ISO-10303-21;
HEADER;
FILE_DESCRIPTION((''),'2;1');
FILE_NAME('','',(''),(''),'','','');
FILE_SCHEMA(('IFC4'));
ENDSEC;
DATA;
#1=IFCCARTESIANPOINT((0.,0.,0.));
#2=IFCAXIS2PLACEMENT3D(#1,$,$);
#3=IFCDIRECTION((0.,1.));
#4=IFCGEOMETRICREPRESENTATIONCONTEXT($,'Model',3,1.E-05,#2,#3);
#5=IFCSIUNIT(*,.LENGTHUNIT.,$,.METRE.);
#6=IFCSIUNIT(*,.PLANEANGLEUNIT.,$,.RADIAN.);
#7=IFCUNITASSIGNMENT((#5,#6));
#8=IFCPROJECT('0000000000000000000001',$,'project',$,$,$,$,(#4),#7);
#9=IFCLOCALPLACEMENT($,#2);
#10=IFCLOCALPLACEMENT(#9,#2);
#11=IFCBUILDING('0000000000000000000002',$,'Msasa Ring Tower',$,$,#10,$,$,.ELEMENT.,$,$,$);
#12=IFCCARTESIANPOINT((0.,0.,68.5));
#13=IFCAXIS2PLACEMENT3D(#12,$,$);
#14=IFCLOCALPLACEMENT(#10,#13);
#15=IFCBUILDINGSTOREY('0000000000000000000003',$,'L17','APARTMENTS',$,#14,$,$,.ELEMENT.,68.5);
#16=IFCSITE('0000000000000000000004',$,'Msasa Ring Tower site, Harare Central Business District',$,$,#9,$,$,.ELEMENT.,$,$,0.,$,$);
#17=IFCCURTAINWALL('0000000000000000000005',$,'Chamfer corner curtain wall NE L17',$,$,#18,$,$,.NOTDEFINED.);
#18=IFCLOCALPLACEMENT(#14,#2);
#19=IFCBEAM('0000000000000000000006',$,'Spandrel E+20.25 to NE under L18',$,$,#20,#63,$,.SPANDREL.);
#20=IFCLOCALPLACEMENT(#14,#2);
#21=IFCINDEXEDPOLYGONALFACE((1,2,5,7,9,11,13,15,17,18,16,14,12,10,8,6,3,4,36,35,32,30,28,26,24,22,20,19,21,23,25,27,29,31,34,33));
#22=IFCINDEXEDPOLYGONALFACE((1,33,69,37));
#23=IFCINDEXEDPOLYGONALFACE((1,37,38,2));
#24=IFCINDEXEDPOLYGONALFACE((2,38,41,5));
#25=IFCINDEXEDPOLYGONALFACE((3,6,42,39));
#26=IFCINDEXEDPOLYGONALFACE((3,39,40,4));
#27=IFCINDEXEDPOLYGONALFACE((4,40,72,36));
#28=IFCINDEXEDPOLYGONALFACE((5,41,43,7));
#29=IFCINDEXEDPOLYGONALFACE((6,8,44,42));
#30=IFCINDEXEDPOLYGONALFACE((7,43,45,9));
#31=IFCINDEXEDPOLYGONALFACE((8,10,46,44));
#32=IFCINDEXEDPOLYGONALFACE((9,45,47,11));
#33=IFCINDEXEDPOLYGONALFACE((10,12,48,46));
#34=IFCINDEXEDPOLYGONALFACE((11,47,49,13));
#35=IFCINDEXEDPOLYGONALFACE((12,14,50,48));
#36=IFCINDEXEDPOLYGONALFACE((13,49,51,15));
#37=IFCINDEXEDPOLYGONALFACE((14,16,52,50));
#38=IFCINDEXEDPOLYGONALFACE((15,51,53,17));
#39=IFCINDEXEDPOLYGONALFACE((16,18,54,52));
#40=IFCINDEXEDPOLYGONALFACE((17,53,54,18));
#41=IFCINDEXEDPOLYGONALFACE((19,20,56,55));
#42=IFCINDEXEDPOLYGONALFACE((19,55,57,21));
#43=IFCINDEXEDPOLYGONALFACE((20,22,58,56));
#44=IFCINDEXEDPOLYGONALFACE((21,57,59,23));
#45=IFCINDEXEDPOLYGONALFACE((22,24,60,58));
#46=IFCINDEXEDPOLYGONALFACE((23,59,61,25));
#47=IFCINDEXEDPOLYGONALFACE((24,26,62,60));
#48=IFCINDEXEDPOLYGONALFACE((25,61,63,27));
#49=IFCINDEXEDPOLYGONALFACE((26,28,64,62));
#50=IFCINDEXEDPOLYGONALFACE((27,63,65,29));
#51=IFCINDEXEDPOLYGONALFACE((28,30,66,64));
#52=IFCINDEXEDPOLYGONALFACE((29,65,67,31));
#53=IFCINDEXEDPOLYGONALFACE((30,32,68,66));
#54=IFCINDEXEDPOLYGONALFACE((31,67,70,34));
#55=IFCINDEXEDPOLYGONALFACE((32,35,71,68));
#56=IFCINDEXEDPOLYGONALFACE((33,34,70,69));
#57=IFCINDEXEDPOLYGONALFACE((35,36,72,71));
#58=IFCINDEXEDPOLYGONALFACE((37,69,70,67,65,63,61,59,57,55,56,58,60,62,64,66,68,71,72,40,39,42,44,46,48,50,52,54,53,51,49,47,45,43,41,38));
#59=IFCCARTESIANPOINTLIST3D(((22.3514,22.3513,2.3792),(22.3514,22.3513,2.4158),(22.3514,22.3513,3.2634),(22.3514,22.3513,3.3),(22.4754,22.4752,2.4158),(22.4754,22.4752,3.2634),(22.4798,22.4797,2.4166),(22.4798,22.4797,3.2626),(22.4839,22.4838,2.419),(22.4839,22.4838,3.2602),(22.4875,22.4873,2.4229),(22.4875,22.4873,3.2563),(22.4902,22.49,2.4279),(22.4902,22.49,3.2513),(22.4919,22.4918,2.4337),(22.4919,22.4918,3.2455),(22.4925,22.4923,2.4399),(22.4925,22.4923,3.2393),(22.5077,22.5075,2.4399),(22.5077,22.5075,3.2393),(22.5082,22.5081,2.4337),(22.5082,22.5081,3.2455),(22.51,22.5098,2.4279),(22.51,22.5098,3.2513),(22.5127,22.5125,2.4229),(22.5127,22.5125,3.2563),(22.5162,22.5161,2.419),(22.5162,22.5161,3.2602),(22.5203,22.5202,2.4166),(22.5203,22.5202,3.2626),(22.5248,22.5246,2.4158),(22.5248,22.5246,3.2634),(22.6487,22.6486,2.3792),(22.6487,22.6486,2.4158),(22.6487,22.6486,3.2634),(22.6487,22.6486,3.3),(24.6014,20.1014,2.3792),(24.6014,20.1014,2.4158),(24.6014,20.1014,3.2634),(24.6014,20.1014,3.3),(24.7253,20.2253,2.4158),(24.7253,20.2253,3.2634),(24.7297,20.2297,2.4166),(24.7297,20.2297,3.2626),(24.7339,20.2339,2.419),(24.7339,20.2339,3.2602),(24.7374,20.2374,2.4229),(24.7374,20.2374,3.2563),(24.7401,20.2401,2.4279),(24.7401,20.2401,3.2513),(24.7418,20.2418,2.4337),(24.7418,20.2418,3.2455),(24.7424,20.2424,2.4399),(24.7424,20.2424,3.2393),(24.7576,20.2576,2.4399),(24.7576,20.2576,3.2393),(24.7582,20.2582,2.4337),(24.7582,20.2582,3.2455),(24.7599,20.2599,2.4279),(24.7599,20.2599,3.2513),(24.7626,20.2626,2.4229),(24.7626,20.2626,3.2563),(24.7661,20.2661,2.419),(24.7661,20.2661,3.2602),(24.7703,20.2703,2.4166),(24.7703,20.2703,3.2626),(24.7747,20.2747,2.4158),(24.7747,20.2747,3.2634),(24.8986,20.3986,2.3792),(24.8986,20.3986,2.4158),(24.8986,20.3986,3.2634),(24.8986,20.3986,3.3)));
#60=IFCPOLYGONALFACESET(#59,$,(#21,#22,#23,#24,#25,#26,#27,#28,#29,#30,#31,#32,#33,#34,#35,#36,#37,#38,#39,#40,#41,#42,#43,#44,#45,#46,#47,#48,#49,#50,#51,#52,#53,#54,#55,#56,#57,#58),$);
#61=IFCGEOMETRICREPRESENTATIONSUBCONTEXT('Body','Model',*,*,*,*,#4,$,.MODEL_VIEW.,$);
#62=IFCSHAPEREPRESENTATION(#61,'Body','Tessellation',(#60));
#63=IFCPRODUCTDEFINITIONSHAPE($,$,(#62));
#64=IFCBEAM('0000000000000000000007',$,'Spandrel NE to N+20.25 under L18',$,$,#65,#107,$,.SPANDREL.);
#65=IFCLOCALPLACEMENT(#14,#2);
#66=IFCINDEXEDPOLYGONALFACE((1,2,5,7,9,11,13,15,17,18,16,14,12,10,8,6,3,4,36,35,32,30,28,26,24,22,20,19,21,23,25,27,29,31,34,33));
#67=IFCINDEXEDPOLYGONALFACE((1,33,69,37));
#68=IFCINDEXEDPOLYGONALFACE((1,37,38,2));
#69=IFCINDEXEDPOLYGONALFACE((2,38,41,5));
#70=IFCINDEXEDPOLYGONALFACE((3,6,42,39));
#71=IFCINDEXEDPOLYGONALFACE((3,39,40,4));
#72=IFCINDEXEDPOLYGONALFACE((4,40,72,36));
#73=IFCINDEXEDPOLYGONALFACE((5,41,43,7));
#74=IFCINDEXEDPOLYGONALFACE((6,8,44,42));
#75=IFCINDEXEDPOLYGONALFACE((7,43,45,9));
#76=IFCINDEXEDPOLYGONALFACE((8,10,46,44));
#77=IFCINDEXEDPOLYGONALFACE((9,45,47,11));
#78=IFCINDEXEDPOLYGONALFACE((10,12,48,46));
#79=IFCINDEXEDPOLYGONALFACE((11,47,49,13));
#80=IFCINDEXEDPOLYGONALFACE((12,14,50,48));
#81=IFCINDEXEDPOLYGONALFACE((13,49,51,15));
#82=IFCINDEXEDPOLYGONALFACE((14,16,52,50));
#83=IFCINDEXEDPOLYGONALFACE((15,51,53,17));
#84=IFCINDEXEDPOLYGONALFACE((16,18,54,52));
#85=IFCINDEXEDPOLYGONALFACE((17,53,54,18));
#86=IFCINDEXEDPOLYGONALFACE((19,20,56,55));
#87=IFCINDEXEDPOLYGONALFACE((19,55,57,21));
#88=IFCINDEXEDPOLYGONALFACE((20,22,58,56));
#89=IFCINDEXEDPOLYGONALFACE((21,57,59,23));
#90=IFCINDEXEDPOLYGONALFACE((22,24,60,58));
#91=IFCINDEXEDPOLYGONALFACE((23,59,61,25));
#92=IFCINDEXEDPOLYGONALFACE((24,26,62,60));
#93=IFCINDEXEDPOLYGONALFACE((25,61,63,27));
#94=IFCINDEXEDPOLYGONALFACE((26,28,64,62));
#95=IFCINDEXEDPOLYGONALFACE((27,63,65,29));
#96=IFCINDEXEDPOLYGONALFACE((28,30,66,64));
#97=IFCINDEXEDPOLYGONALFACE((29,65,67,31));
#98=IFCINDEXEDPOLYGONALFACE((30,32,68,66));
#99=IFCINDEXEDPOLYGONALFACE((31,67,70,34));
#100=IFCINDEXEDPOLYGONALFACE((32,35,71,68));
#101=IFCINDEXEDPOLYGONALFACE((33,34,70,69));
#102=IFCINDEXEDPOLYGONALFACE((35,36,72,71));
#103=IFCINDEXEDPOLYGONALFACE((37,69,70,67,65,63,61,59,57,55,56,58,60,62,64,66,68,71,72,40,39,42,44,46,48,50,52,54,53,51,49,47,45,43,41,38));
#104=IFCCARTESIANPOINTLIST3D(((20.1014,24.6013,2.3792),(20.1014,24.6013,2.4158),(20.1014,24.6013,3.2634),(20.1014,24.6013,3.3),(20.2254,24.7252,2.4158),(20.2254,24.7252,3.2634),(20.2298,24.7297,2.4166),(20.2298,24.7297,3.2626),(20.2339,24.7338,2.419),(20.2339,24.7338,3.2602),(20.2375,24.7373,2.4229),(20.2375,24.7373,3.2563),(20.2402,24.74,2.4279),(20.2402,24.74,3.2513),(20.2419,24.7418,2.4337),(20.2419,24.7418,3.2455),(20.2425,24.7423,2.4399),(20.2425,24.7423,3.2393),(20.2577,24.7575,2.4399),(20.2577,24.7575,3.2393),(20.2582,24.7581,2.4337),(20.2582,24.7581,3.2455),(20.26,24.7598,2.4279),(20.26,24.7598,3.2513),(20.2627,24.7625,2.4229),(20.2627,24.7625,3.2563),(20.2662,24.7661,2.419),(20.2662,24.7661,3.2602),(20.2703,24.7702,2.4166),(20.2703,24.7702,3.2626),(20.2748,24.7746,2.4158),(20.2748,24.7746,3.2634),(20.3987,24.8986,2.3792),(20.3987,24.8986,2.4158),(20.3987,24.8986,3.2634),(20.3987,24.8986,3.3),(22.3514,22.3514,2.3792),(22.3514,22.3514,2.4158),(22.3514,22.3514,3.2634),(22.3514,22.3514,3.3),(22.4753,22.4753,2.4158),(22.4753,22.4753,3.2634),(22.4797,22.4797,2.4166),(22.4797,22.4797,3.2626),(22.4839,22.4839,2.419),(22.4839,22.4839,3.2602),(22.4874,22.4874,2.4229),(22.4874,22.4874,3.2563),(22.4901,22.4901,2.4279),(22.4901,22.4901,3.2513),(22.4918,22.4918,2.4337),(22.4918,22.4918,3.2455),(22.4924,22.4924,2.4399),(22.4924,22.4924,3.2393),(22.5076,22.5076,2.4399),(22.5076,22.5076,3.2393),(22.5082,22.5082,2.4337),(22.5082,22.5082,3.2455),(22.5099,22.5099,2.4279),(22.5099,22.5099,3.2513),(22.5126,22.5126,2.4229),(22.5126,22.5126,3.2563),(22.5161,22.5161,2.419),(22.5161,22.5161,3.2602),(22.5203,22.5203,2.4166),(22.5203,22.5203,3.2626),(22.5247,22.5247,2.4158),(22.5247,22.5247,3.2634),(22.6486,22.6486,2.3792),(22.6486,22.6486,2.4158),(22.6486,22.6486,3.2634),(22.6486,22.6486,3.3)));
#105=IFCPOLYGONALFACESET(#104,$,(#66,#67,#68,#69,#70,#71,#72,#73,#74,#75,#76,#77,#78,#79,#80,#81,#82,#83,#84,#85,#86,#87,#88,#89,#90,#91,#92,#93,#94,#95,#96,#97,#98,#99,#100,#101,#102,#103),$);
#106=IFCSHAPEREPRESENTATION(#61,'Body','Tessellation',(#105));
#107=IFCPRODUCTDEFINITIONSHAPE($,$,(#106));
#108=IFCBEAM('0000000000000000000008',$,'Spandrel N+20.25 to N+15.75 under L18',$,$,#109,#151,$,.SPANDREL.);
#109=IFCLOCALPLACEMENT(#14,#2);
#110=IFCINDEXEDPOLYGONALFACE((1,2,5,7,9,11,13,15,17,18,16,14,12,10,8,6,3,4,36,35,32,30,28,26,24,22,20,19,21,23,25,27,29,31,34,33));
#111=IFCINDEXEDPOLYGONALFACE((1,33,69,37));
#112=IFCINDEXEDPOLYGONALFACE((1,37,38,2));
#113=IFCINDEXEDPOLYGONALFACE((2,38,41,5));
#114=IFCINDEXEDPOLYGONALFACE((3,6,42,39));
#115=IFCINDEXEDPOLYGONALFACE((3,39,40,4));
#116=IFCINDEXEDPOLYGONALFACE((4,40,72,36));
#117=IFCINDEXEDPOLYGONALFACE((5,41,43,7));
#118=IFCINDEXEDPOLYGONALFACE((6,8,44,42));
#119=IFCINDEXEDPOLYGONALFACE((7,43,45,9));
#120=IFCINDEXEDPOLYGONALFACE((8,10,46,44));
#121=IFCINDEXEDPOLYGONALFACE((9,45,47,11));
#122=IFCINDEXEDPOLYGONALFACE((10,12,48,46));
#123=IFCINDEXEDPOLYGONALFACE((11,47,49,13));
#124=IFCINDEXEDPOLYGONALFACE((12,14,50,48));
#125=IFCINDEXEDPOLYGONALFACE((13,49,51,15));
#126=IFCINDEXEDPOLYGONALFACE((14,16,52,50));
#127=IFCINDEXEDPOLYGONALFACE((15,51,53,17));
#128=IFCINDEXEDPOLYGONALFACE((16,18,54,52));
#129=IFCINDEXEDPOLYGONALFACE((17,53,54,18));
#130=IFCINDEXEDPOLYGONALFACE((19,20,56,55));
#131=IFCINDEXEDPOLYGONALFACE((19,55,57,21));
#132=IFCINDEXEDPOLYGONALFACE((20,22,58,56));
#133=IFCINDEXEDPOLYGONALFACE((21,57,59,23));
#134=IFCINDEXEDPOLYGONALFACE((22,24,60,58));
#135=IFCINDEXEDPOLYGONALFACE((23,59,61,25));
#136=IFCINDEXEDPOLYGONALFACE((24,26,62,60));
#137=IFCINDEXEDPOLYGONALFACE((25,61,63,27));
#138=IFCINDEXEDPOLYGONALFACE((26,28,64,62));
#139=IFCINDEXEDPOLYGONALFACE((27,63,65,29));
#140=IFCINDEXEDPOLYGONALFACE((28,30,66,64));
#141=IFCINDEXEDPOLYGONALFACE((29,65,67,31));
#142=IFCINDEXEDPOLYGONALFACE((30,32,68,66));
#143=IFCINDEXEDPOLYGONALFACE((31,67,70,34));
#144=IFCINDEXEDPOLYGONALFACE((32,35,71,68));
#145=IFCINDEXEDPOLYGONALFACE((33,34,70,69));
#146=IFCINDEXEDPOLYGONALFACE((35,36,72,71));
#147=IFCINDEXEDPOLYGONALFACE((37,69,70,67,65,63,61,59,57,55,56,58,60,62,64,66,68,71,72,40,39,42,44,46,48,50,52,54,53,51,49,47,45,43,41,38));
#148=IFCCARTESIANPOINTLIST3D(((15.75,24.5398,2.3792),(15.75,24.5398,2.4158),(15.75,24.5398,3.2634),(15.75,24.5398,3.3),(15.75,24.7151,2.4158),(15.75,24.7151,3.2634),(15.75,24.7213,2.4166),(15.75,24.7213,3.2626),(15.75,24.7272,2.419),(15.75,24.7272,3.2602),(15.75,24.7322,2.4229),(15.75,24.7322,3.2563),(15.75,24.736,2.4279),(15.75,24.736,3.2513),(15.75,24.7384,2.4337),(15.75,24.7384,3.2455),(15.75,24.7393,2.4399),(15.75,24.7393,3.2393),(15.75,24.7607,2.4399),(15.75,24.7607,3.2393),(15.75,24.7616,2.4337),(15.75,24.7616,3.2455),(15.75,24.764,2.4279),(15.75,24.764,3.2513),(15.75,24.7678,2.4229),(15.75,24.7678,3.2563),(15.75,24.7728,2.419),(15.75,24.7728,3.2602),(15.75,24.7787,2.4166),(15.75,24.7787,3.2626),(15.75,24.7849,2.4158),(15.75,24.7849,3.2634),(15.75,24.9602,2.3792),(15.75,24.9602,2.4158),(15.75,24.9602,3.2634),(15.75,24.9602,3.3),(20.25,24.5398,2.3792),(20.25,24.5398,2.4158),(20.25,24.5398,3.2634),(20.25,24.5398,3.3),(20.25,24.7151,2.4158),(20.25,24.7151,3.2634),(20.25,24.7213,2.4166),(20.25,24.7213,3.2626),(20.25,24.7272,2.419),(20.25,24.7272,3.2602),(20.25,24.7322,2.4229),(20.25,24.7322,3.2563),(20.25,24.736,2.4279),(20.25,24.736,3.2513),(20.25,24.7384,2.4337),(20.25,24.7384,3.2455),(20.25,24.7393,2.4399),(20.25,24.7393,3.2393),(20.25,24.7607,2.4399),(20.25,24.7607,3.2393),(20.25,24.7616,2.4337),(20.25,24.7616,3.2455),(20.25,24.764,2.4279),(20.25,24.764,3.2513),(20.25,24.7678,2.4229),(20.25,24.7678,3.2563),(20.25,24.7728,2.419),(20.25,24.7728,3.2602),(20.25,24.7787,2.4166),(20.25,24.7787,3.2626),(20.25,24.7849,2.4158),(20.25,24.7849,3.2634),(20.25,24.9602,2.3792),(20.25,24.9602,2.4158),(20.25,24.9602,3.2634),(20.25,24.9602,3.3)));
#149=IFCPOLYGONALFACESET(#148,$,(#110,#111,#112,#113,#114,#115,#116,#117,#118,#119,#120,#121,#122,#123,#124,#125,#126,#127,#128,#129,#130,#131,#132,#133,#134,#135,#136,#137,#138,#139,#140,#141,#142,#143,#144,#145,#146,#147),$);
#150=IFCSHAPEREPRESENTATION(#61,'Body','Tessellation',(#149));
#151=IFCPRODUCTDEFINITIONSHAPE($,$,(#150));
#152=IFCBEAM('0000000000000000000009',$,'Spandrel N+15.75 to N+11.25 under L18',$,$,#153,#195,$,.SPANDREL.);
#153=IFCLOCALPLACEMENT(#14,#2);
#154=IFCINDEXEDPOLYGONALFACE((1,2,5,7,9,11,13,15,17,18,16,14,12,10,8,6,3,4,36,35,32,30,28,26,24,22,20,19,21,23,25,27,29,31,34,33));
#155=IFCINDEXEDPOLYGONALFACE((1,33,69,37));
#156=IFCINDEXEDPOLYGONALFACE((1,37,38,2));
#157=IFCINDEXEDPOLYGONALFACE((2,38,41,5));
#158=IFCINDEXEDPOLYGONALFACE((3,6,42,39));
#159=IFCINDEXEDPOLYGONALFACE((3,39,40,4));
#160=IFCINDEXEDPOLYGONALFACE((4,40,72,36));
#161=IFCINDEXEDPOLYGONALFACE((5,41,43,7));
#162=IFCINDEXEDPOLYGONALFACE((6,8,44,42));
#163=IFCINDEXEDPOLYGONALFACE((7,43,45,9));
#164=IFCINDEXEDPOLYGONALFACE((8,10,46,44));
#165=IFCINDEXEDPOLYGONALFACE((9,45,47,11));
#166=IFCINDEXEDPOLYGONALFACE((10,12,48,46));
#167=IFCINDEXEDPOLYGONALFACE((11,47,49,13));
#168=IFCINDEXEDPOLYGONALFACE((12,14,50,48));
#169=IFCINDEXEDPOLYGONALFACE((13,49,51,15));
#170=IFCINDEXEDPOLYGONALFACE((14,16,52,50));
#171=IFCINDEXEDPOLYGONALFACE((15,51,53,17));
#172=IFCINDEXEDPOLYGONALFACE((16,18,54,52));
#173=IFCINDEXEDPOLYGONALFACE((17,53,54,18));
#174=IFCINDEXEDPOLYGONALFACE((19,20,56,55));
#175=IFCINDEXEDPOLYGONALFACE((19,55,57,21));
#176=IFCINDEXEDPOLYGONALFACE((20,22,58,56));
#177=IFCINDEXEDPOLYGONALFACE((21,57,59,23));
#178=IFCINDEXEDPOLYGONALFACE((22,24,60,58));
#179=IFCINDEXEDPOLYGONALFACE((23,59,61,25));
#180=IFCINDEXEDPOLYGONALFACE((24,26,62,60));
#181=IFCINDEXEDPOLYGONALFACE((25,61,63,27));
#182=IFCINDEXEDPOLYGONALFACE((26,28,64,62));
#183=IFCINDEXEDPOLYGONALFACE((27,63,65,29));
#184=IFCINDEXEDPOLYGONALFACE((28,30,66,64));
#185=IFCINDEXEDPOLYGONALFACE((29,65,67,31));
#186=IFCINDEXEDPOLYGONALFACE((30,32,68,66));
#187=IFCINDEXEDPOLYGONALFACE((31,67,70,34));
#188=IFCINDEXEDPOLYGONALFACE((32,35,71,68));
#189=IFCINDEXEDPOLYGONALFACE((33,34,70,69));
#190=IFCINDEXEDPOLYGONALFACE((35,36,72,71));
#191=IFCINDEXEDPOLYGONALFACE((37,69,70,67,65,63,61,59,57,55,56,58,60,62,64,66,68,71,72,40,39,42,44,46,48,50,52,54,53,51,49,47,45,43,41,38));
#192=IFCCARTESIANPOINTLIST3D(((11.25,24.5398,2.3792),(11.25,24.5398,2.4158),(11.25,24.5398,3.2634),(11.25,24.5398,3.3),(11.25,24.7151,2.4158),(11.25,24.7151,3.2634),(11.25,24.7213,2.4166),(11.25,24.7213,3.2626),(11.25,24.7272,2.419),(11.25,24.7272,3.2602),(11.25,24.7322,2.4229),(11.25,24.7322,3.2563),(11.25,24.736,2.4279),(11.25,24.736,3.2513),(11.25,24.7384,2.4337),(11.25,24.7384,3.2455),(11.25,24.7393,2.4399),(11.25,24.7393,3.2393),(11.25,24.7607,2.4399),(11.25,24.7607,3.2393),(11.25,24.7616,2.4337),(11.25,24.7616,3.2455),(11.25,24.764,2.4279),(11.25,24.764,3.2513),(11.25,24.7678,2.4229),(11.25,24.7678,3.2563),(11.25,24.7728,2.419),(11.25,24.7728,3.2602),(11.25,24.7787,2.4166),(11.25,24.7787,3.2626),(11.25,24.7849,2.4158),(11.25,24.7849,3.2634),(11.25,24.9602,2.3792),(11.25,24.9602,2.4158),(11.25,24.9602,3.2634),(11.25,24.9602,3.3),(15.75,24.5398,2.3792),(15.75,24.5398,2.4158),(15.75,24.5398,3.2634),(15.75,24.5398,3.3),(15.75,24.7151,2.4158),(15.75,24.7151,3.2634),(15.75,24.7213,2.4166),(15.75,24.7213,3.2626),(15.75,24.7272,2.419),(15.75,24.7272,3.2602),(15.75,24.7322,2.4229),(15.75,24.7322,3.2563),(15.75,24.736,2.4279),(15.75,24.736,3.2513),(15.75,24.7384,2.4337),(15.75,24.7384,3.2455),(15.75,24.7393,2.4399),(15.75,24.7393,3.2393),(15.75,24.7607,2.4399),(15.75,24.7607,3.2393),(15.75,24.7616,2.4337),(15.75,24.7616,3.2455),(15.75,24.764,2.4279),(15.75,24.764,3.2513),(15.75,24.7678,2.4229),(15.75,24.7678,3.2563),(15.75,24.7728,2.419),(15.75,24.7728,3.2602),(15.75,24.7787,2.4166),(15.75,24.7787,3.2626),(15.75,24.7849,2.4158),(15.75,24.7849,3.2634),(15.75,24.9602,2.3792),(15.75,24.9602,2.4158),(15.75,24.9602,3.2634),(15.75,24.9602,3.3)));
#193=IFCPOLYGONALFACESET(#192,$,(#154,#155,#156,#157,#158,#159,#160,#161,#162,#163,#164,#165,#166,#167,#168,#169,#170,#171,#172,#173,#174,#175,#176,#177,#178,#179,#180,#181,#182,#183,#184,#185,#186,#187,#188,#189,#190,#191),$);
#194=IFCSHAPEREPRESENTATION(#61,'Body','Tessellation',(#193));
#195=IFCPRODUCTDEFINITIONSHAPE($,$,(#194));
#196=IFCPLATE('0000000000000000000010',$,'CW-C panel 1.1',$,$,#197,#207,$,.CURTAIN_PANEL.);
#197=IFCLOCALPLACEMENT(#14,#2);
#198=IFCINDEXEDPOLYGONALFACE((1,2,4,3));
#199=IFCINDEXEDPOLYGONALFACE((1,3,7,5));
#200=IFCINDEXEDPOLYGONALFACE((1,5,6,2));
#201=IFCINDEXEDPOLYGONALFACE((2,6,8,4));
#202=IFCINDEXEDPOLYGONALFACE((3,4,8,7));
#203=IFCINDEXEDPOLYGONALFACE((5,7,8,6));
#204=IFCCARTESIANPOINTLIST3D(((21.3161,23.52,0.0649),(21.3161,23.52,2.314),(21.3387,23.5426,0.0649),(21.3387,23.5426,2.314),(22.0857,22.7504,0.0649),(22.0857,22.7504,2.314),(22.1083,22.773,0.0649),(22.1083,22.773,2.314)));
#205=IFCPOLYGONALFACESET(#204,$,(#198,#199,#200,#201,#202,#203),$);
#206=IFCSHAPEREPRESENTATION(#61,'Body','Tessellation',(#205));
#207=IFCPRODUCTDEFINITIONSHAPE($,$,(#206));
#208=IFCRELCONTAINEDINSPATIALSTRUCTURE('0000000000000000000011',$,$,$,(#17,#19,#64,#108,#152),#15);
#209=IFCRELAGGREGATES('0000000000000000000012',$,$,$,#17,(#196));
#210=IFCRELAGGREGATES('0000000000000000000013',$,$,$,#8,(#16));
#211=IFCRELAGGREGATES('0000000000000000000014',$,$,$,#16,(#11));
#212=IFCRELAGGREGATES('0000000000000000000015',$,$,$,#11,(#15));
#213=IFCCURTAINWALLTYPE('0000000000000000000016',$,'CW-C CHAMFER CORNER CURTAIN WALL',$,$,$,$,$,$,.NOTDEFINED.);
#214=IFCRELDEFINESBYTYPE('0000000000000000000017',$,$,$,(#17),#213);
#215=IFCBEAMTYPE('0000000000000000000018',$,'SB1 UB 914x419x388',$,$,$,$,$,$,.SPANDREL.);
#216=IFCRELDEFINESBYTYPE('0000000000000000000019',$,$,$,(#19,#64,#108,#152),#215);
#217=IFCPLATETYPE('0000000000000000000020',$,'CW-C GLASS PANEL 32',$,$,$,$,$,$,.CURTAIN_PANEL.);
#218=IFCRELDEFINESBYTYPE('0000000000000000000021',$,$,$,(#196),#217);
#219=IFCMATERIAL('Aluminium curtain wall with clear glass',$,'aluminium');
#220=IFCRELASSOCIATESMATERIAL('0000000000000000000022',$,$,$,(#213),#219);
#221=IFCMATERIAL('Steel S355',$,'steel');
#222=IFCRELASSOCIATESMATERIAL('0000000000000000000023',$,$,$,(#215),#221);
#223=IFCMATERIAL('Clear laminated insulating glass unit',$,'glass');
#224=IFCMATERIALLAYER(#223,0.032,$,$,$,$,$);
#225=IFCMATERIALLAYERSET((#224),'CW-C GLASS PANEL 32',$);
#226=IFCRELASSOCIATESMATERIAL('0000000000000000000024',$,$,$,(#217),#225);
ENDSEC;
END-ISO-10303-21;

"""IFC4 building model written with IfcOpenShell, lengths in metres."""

from ifc_helpers import new_model, si_unit, direction, frame, origin, origin_2d, place, context, subcontext, project, spatial, rectangle, i_section, extrude, material, layer, layer_set, material_profile, profile_set, type_object, element, aggregate, save


model = new_model("IFC4")

# Units and contexts
model_context = context("Model", 3, precision=1e-05, world=origin(), true_north=direction((0.0, 1.0)))
body_context = subcontext(model_context, "Body", "Model", "MODEL_VIEW")
ifc_project = project(units=[si_unit("LENGTHUNIT", "METRE"), si_unit("PLANEANGLEUNIT", "RADIAN")], contexts=[model_context])

# Site, building, storey
site_placement = place(None, origin())
site = spatial("IfcSite", under=ifc_project, at=site_placement, Name="Msasa Ring Tower site, Harare Central Business District", CompositionType="ELEMENT", RefElevation=0.0)
building_placement = place(site_placement, origin())
building = spatial("IfcBuilding", under=site, at=building_placement, Name="Msasa Ring Tower", CompositionType="ELEMENT")
storey_placement = place(building_placement, frame((0.0, 0.0, 68.5)))
storey = spatial("IfcBuildingStorey", under=building, at=storey_placement, Name="L17", Description="APARTMENTS", CompositionType="ELEMENT", Elevation=68.5)

# Curtain wall
ifc_material_1 = material(Name="Aluminium curtain wall with clear glass", Category="aluminium")
curtain_wall_type = type_object("IfcCurtainWallType", Name="CW-C CHAMFER CORNER CURTAIN WALL", PredefinedType="NOTDEFINED", material=ifc_material_1)
curtain_wall_1_placement = place(storey_placement, origin())
curtain_wall_1 = element("IfcCurtainWall", 1, at=curtain_wall_1_placement, inside=storey, type_object=curtain_wall_type, Name="Chamfer corner curtain wall NE L17", PredefinedType="NOTDEFINED")

# Beams
ifc_material_2 = material(Name="Steel S355", Category="steel")
ifc_material_profile_1 = material_profile(ifc_material_2, i_section(OverallWidth=0.4204, OverallDepth=0.9209, WebThickness=0.0215, FlangeThickness=0.0366, FilletRadius=0.0242, at=origin_2d()), Name="UB 914x419x388")
ifc_profile_set_1 = profile_set([ifc_material_profile_1], Name="Steel S355")
beam_type_1 = type_object("IfcBeamType", Name="SB1 UB 914x419x388", PredefinedType="SPANDREL", material=ifc_profile_set_1)
for number, where, z_axis, x_axis, name in (
    (2, (24.75, 20.25, 2.8396), (-0.707107, 0.707107, 0.0), (-0.707107, -0.707107, 0.0), "Spandrel E+20.25 to NE under L18"),
    (3, (22.5, 22.5, 2.8396), (-0.707107, 0.707107, 0.0), (-0.707107, -0.707107, 0.0), "Spandrel NE to N+20.25 under L18"),
):
    element("IfcBeam", number, at=place(storey_placement, frame(where, z_axis=z_axis, x_axis=x_axis)), inside=storey, type_object=beam_type_1, Name=name, PredefinedType="SPANDREL", context=body_context, shape_type="SweptSolid", body=[
        extrude(i_section(OverallWidth=0.4204, OverallDepth=0.9209, WebThickness=0.0215, FlangeThickness=0.0366, FilletRadius=0.0242, at=origin_2d()), origin(), (0.0, 0.0, 1.0), 3.1819),
    ])
for number, where, z_axis, x_axis, name in (
    (4, (20.25, 24.75, 2.8396), (-1.0, 0.0, 0.0), (0.0, -1.0, 0.0), "Spandrel N+20.25 to N+15.75 under L18"),
    (5, (15.75, 24.75, 2.8396), (-1.0, 0.0, 0.0), (0.0, -1.0, 0.0), "Spandrel N+15.75 to N+11.25 under L18"),
):
    element("IfcBeam", number, at=place(storey_placement, frame(where, z_axis=z_axis, x_axis=x_axis)), inside=storey, type_object=beam_type_1, Name=name, PredefinedType="SPANDREL", context=body_context, shape_type="SweptSolid", body=[
        extrude(i_section(OverallWidth=0.4204, OverallDepth=0.9209, WebThickness=0.0215, FlangeThickness=0.0366, FilletRadius=0.0242, at=origin_2d()), origin(), (0.0, 0.0, 1.0), 4.5),
    ])

# Plate
ifc_material_3 = material(Name="Clear laminated insulating glass unit", Category="glass")
ifc_layer_1 = layer(ifc_material_3, 0.032)
ifc_layer_set_1 = layer_set([ifc_layer_1], Name="CW-C GLASS PANEL 32")
plate_type = type_object("IfcPlateType", Name="CW-C GLASS PANEL 32", PredefinedType="CURTAIN_PANEL", material=ifc_layer_set_1)
plate_1_placement = place(storey_placement, frame((21.7122, 23.1465, 0.0649), z_axis=(0.0, 0.0, 1.0), x_axis=(-0.707107, 0.707107, 0.0)))
plate_1 = element("IfcPlate", 6, at=plate_1_placement, type_object=plate_type, Name="CW-C panel 1.1", PredefinedType="CURTAIN_PANEL", context=body_context, shape_type="SweptSolid", body=[
    extrude(rectangle(XDim=1.0884, YDim=0.032, at=origin_2d()), origin(), (0.0, 0.0, 1.0), 2.249),
])
aggregate(curtain_wall_1, [plate_1])

save(model, "model.ifc")
